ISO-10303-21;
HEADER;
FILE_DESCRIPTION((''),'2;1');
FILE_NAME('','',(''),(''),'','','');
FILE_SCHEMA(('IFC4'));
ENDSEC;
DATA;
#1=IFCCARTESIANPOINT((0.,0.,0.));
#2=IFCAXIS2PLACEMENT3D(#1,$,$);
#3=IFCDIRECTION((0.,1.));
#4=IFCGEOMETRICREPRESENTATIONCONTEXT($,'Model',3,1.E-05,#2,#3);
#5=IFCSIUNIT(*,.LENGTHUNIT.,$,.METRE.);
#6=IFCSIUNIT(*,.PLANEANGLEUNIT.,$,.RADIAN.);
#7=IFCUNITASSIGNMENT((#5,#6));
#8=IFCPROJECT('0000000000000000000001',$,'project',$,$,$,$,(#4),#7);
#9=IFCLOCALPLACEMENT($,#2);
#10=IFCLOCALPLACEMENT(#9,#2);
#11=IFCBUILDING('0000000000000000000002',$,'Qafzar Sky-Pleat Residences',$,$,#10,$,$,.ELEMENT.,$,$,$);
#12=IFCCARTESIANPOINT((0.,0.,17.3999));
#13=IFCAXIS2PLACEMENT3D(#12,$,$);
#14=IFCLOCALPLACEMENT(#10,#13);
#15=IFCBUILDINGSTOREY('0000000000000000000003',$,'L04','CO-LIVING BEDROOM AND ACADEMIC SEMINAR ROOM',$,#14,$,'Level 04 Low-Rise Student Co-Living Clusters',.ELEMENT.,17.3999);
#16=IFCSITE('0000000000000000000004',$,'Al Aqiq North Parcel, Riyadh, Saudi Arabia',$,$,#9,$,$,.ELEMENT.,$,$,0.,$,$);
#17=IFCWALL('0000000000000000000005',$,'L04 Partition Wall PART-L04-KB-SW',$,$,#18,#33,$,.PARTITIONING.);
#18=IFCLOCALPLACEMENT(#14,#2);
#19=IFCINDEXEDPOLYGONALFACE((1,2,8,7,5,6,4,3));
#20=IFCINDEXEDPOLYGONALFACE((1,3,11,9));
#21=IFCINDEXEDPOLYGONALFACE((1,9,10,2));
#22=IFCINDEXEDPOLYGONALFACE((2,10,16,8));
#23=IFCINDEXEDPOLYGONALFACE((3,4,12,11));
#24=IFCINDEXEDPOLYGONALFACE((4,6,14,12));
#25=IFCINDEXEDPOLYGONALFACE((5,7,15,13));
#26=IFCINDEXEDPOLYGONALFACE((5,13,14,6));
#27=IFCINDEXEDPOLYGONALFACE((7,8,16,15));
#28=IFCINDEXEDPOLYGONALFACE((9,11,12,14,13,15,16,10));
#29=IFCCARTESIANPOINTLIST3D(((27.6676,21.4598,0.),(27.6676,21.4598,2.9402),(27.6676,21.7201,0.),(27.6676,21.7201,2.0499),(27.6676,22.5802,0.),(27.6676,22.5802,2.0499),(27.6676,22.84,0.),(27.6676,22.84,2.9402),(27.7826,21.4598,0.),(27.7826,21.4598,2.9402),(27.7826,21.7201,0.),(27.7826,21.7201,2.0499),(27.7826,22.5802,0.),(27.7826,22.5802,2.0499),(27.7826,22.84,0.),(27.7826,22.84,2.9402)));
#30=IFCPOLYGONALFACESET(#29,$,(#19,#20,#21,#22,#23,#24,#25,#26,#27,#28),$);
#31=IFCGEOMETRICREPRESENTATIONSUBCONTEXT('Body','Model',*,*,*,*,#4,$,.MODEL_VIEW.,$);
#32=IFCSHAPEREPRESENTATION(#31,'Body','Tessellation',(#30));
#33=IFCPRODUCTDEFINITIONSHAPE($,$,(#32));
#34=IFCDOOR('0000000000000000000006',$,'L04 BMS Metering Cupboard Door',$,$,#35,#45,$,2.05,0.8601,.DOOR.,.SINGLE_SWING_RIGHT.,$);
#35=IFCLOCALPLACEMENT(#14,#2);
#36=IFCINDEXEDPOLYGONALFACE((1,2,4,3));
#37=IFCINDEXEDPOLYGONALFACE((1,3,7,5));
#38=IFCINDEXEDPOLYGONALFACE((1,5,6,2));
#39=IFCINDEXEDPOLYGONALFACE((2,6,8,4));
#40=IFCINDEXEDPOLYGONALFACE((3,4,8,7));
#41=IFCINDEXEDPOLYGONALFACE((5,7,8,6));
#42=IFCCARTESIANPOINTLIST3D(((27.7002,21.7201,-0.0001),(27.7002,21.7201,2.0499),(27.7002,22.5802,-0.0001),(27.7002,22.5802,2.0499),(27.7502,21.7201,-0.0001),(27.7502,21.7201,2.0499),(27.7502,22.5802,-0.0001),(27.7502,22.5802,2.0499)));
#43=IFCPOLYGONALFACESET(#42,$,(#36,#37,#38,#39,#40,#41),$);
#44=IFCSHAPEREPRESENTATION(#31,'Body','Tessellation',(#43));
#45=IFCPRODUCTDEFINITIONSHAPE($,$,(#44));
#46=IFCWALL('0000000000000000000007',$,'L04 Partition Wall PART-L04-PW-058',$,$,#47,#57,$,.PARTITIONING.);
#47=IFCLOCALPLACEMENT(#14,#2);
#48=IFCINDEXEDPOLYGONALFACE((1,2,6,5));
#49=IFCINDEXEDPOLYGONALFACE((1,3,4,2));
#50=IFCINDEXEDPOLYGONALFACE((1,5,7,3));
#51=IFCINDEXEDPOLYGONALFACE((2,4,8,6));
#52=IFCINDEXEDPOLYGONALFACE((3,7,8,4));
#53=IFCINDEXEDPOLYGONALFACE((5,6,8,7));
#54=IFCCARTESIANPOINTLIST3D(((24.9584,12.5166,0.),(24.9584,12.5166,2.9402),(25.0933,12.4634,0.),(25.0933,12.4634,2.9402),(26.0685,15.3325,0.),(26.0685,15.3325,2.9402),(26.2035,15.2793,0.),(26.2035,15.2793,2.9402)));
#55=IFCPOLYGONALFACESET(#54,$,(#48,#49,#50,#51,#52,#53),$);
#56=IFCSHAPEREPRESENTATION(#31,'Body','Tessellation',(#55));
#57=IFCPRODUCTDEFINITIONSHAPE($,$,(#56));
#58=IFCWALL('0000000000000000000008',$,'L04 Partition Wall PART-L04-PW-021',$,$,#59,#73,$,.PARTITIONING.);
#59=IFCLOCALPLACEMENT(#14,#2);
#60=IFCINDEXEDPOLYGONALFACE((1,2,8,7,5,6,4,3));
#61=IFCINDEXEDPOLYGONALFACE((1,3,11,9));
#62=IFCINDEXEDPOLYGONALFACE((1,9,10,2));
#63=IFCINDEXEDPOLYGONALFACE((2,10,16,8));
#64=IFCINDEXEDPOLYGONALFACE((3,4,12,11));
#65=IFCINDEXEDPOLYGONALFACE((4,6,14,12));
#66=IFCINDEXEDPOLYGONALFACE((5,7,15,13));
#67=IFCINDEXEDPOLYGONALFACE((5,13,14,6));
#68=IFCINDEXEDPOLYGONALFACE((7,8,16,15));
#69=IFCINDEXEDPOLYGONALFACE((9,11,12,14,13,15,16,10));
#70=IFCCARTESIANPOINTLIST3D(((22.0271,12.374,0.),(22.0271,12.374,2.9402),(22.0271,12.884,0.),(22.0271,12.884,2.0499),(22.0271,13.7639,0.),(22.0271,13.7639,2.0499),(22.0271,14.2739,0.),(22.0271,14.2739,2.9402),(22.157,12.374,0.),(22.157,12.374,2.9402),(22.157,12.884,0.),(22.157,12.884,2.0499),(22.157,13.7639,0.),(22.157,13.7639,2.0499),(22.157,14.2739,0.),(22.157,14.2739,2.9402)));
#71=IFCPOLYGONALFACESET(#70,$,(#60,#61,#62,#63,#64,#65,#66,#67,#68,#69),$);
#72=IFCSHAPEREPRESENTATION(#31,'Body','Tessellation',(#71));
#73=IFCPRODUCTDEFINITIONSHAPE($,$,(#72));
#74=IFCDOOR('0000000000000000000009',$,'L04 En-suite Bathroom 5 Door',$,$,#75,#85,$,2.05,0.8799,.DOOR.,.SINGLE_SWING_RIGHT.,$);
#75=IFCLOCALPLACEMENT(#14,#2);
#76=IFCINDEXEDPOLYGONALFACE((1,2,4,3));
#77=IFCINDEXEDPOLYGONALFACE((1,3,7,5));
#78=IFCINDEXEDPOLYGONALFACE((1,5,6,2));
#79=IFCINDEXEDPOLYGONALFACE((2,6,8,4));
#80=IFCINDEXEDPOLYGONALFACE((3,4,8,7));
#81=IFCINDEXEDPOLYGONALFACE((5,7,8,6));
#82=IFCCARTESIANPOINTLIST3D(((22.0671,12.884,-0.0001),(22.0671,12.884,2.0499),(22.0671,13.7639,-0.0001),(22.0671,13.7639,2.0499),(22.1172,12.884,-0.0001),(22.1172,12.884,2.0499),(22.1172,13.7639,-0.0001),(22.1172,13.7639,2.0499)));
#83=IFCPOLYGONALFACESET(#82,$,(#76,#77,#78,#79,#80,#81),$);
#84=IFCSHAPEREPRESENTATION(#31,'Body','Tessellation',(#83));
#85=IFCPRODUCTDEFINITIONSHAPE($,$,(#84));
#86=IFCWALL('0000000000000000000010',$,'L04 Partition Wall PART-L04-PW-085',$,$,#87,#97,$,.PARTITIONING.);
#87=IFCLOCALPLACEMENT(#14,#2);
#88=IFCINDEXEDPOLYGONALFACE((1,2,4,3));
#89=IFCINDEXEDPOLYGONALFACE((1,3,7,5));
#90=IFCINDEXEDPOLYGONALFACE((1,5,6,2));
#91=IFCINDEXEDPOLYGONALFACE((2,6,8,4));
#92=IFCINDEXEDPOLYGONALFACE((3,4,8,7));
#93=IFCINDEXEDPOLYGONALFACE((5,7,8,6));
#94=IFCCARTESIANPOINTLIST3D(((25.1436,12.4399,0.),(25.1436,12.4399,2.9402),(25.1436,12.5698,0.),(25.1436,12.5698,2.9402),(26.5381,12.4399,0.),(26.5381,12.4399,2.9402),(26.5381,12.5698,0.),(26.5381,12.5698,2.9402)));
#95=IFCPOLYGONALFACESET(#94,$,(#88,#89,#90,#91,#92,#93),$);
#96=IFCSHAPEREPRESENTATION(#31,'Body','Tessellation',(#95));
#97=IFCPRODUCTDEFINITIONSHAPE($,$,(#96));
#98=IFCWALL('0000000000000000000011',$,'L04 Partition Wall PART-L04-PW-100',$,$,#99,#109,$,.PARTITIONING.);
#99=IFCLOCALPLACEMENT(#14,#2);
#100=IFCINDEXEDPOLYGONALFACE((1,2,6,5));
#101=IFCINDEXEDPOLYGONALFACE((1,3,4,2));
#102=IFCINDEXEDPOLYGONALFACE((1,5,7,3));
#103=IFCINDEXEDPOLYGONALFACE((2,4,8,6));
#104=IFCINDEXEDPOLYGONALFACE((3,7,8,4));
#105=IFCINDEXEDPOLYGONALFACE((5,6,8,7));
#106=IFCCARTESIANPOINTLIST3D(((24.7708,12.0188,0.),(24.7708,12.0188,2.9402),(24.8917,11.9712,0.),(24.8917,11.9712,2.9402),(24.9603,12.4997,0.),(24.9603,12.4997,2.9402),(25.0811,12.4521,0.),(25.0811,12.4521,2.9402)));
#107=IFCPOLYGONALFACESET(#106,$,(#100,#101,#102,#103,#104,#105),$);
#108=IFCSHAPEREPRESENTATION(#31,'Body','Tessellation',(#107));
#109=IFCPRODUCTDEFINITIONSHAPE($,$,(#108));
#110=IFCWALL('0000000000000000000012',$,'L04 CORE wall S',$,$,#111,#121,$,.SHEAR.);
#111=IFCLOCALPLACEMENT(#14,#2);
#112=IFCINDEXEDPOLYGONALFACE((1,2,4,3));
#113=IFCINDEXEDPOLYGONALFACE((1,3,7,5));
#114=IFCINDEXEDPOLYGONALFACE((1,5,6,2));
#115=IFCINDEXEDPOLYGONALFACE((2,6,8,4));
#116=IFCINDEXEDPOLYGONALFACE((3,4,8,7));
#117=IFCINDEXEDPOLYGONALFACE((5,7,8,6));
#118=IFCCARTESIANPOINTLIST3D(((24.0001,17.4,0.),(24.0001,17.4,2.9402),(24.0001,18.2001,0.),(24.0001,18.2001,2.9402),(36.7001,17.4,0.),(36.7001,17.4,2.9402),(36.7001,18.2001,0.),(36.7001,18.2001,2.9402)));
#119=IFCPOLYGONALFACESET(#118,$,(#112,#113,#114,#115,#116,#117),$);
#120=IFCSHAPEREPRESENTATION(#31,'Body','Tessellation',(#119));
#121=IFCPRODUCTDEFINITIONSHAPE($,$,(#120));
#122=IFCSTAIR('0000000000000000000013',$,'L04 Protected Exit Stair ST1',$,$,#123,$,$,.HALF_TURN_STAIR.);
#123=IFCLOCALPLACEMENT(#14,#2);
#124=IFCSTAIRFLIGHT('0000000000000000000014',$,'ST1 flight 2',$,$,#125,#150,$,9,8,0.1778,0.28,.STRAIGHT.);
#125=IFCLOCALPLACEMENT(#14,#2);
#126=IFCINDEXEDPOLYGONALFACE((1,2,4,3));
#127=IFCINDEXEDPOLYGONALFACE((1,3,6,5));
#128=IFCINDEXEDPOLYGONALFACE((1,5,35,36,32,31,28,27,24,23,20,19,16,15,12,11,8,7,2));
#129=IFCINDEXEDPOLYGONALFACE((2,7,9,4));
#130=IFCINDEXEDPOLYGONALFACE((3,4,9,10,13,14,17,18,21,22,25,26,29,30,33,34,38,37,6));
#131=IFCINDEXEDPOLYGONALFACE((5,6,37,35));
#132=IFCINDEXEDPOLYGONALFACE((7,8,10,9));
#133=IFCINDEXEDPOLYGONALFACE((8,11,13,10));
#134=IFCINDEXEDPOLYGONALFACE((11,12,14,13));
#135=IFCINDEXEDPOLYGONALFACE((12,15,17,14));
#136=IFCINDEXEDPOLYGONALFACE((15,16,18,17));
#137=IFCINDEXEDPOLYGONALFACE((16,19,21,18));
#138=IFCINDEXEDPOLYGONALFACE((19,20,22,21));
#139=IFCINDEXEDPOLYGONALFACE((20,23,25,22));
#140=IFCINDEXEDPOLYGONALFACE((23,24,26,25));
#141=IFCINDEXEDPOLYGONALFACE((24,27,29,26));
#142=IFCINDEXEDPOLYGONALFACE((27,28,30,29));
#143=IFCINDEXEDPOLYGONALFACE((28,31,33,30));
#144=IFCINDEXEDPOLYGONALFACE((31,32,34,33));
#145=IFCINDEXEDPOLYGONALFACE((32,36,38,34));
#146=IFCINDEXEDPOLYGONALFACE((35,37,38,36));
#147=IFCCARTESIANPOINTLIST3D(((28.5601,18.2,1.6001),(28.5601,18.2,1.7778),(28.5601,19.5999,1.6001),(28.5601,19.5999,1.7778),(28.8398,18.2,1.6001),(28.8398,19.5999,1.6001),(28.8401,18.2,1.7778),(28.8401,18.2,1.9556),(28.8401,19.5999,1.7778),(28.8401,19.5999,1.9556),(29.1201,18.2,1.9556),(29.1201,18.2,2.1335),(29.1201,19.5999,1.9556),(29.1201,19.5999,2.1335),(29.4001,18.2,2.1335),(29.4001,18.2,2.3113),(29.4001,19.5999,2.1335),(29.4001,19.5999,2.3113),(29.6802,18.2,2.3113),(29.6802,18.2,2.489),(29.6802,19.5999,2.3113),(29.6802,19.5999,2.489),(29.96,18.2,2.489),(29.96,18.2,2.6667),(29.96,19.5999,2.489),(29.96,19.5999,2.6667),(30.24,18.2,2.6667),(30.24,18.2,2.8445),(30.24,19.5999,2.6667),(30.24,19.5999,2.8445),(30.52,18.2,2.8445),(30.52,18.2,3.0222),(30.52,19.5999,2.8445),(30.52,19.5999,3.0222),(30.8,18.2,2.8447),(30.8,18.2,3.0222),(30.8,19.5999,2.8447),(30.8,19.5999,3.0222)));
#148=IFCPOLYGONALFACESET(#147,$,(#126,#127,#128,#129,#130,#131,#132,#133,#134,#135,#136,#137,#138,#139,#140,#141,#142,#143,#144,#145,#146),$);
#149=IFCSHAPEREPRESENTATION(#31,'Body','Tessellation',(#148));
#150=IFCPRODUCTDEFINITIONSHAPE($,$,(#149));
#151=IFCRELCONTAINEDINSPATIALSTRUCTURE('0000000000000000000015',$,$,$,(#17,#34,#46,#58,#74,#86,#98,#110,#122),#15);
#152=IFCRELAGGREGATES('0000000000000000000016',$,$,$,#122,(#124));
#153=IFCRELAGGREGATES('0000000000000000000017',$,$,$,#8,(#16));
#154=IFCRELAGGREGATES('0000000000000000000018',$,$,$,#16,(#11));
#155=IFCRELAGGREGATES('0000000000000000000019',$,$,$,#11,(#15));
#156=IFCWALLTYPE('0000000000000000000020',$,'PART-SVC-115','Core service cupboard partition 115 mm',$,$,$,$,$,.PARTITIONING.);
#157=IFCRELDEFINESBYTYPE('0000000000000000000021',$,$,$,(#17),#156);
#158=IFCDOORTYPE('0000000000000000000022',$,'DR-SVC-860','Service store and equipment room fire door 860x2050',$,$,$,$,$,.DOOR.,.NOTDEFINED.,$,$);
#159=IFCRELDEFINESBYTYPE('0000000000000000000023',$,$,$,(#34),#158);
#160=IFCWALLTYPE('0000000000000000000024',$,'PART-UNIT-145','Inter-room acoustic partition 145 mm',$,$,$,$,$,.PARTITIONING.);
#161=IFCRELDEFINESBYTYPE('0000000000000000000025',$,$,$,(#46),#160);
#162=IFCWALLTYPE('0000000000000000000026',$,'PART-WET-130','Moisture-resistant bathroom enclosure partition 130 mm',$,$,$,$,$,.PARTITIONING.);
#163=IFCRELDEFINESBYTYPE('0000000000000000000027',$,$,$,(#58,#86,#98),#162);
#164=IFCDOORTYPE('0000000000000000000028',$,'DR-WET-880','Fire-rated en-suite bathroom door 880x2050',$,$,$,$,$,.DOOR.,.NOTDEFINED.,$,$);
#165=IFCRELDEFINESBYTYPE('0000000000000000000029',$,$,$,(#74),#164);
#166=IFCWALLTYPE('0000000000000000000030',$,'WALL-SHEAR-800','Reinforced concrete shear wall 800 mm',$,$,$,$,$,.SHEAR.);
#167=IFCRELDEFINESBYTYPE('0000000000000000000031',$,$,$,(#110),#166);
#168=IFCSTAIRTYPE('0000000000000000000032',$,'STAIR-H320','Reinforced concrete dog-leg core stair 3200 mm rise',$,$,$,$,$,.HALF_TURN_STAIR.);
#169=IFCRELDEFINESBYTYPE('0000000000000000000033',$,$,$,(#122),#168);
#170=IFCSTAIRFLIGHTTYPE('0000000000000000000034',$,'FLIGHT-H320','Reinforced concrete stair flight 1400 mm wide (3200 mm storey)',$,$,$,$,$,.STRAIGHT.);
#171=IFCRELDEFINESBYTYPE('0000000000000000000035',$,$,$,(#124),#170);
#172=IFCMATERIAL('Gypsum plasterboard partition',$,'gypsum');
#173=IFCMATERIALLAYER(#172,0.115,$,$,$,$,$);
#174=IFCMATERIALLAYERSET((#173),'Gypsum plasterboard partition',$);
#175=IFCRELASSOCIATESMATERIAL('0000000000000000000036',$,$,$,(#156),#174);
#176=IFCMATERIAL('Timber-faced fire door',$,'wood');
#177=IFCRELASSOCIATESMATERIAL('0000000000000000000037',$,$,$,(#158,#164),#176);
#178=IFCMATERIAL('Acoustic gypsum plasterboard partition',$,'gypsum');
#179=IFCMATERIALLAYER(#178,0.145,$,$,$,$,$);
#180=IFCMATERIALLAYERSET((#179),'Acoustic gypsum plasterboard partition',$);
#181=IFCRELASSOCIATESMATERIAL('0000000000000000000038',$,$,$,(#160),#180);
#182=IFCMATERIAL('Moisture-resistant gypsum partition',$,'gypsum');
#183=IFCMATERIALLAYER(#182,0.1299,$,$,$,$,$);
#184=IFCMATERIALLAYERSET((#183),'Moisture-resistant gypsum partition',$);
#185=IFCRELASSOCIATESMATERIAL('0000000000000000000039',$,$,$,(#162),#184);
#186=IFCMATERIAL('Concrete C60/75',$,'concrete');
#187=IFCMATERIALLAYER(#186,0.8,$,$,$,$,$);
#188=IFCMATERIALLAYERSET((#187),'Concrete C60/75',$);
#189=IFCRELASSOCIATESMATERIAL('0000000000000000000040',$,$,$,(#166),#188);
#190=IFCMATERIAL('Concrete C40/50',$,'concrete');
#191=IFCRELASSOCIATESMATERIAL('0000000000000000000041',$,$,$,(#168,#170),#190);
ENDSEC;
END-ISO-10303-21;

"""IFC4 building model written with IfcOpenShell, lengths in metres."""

from ifc_helpers import new_model, si_unit, direction, frame, frame_2d, origin, place, context, subcontext, project, spatial, polyline, rectangle, outline, extrude, source, transform, mapped, material, layer, layer_set, type_object, element, fill, aggregate, save


model = new_model("IFC4")

# Units and contexts
model_context = context("Model", 3, precision=1e-05, world=origin(), true_north=direction((0.0, 1.0)))
body_context = subcontext(model_context, "Body", "Model", "MODEL_VIEW")
ifc_project = project(units=[si_unit("LENGTHUNIT", "METRE"), si_unit("PLANEANGLEUNIT", "RADIAN")], contexts=[model_context])

# Site, building, storey
site_placement = place(None, origin())
site = spatial("IfcSite", under=ifc_project, at=site_placement, Name="Al Aqiq North Parcel, Riyadh, Saudi Arabia", CompositionType="ELEMENT", RefElevation=0.0)
building_placement = place(site_placement, origin())
building = spatial("IfcBuilding", under=site, at=building_placement, Name="Qafzar Sky-Pleat Residences", CompositionType="ELEMENT")
storey_placement = place(building_placement, frame((0.0, 0.0, 17.3999)))
storey = spatial("IfcBuildingStorey", under=building, at=storey_placement, Name="L04", Description="CO-LIVING BEDROOM AND ACADEMIC SEMINAR ROOM", LongName="Level 04 Low-Rise Student Co-Living Clusters", CompositionType="ELEMENT", Elevation=17.3999)

# Shared definitions
ifc_material_1 = material(Name="Acoustic gypsum plasterboard partition", Category="gypsum")
ifc_material_2 = material(Name="Timber-faced fire door", Category="wood")

# Wall, opening, door
ifc_material_3 = material(Name="Gypsum plasterboard partition", Category="gypsum")
ifc_layer_1 = layer(ifc_material_3, 0.115)
ifc_layer_set_1 = layer_set([ifc_layer_1], Name="Gypsum plasterboard partition")
wall_type_1 = type_object("IfcWallType", Name="PART-SVC-115", Description="Core service cupboard partition 115 mm", PredefinedType="PARTITIONING", material=ifc_layer_set_1)
wall_1_placement = place(storey_placement, frame((27.7251, 21.46, 0.0), z_axis=(0.0, 0.0, 1.0), x_axis=(0.0, 1.0, 0.0)))
wall_1 = element("IfcWall", 1, at=wall_1_placement, inside=storey, type_object=wall_type_1, Name="L04 Partition Wall PART-L04-KB-SW", PredefinedType="PARTITIONING", context=body_context, shape_type="SweptSolid", body=[
    extrude(rectangle(XDim=1.3801, YDim=0.115, at=frame_2d((0.6899, 0.0))), origin(), (0.0, 0.0, 1.0), 2.9402),
])
opening_1_placement = place(wall_1_placement, frame((0.26, 0.0, 0.0)))
opening_1 = element("IfcOpeningElement", 2, at=opening_1_placement, cuts=wall_1, PredefinedType="OPENING", context=body_context, shape_type="SweptSolid", body=[
    extrude(rectangle(XDim=0.8601, YDim=2.05, at=frame_2d((0.4302, 1.0249))), frame((0.0, 0.0674, 0.0), z_axis=(0.0, -1.0, 0.0), x_axis=(1.0, 0.0, 0.0)), (0.0, 0.0, 1.0), 0.135),
])
door_type_1 = type_object("IfcDoorType", Name="DR-SVC-860", Description="Service store and equipment room fire door 860x2050", OperationType="NOTDEFINED", PredefinedType="DOOR", material=ifc_material_2)
shared_shape_1 = source(origin(), body_context, "Body", "SweptSolid", [
    extrude(rectangle(XDim=0.8601, YDim=2.05, at=frame_2d((0.4302, 1.0249))), frame((0.0, 0.0249, 0.0), z_axis=(0.0, -1.0, 0.0), x_axis=(1.0, 0.0, 0.0)), (0.0, 0.0, 1.0), 0.05),
])
door_1_placement = place(opening_1_placement, origin())
door_1 = element("IfcDoor", 3, at=door_1_placement, inside=storey, type_object=door_type_1, Name="L04 BMS Metering Cupboard Door", OperationType="SINGLE_SWING_RIGHT", OverallHeight=2.05, OverallWidth=0.8601, PredefinedType="DOOR", context=body_context, shape_type="MappedRepresentation", body=[
    mapped(shared_shape_1, transform((0.0, 0.0, 0.0), x_axis=(1.0, 0.0, 0.0), y_axis=(0.0, 1.0, 0.0), z_axis=(0.0, 0.0, 1.0), scale=1.0)),
])
fill(opening_1, door_1)

# Wall
ifc_layer_2 = layer(ifc_material_1, 0.145)
ifc_layer_set_2 = layer_set([ifc_layer_2], Name="Acoustic gypsum plasterboard partition")
wall_type_2 = type_object("IfcWallType", Name="PART-UNIT-145", Description="Inter-room acoustic partition 145 mm", PredefinedType="PARTITIONING", material=ifc_layer_set_2)
wall_2_placement = place(storey_placement, frame((25.0259, 12.49, 0.0), z_axis=(0.0, 0.0, 1.0), x_axis=(0.366755, 0.930318, 0.0)))
element("IfcWall", 4, at=wall_2_placement, inside=storey, type_object=wall_type_2, Name="L04 Partition Wall PART-L04-PW-058", PredefinedType="PARTITIONING", context=body_context, shape_type="SweptSolid", body=[
    extrude(rectangle(XDim=3.0269, YDim=0.145, at=frame_2d((1.5134, 0.0))), origin(), (0.0, 0.0, 1.0), 2.9402),
])

# Wall, opening, door
ifc_material_4 = material(Name="Moisture-resistant gypsum partition", Category="gypsum")
ifc_layer_3 = layer(ifc_material_4, 0.1299)
ifc_layer_set_3 = layer_set([ifc_layer_3], Name="Moisture-resistant gypsum partition")
wall_type_3 = type_object("IfcWallType", Name="PART-WET-130", Description="Moisture-resistant bathroom enclosure partition 130 mm", PredefinedType="PARTITIONING", material=ifc_layer_set_3)
wall_3_placement = place(storey_placement, frame((22.092, 12.374, 0.0), z_axis=(0.0, 0.0, 1.0), x_axis=(0.0, 1.0, 0.0)))
wall_3 = element("IfcWall", 5, at=wall_3_placement, inside=storey, type_object=wall_type_3, Name="L04 Partition Wall PART-L04-PW-021", PredefinedType="PARTITIONING", context=body_context, shape_type="SweptSolid", body=[
    extrude(rectangle(XDim=1.8999, YDim=0.1299, at=frame_2d((0.95, 0.0))), origin(), (0.0, 0.0, 1.0), 2.9402),
])
opening_2_placement = place(wall_3_placement, frame((0.51, 0.0, 0.0)))
opening_2 = element("IfcOpeningElement", 6, at=opening_2_placement, cuts=wall_3, PredefinedType="OPENING", context=body_context, shape_type="SweptSolid", body=[
    extrude(rectangle(XDim=0.8799, YDim=2.05, at=frame_2d((0.4399, 1.0249))), frame((0.0, 0.075, 0.0), z_axis=(0.0, -1.0, 0.0), x_axis=(1.0, 0.0, 0.0)), (0.0, 0.0, 1.0), 0.1499),
])
door_type_2 = type_object("IfcDoorType", Name="DR-WET-880", Description="Fire-rated en-suite bathroom door 880x2050", OperationType="NOTDEFINED", PredefinedType="DOOR", material=ifc_material_2)
shared_shape_2 = source(origin(), body_context, "Body", "SweptSolid", [
    extrude(rectangle(XDim=0.8799, YDim=2.05, at=frame_2d((0.4399, 1.0249))), frame((0.0, 0.0249, 0.0), z_axis=(0.0, -1.0, 0.0), x_axis=(1.0, 0.0, 0.0)), (0.0, 0.0, 1.0), 0.05),
])
door_2_placement = place(opening_2_placement, origin())
door_2 = element("IfcDoor", 7, at=door_2_placement, inside=storey, type_object=door_type_2, Name="L04 En-suite Bathroom 5 Door", OperationType="SINGLE_SWING_RIGHT", OverallHeight=2.05, OverallWidth=0.8799, PredefinedType="DOOR", context=body_context, shape_type="MappedRepresentation", body=[
    mapped(shared_shape_2, transform((0.0, 0.0, 0.0), x_axis=(1.0, 0.0, 0.0), y_axis=(0.0, 1.0, 0.0), z_axis=(0.0, 0.0, 1.0), scale=1.0)),
])
fill(opening_2, door_2)

# Walls
wall_4_placement = place(storey_placement, frame((25.1436, 12.5049, 0.0), z_axis=(0.0, 0.0, 1.0), x_axis=(1.0, 0.0, 0.0)))
element("IfcWall", 8, at=wall_4_placement, inside=storey, type_object=wall_type_3, Name="L04 Partition Wall PART-L04-PW-085", PredefinedType="PARTITIONING", context=body_context, shape_type="SweptSolid", body=[
    extrude(rectangle(XDim=1.3945, YDim=0.1299, at=frame_2d((0.6973, 0.0))), origin(), (0.0, 0.0, 1.0), 2.9402),
])
wall_5_placement = place(storey_placement, frame((24.8313, 11.9951, 0.0), z_axis=(0.0, 0.0, 1.0), x_axis=(0.3665, 0.930418, 0.0)))
element("IfcWall", 9, at=wall_5_placement, inside=storey, type_object=wall_type_3, Name="L04 Partition Wall PART-L04-PW-100", PredefinedType="PARTITIONING", context=body_context, shape_type="SweptSolid", body=[
    extrude(rectangle(XDim=0.5168, YDim=0.1299, at=frame_2d((0.2583, 0.0))), origin(), (0.0, 0.0, 1.0), 2.9402),
])

# Shared definitions
ifc_material_5 = material(Name="Concrete C60/75", Category="concrete")

# Wall
ifc_layer_4 = layer(ifc_material_5, 0.8)
ifc_layer_set_4 = layer_set([ifc_layer_4], Name="Concrete C60/75")
wall_type_4 = type_object("IfcWallType", Name="WALL-SHEAR-800", Description="Reinforced concrete shear wall 800 mm", PredefinedType="SHEAR", material=ifc_layer_set_4)
wall_6_placement = place(storey_placement, frame((24.0, 17.8, 0.0), z_axis=(0.0, 0.0, 1.0), x_axis=(1.0, 0.0, 0.0)))
element("IfcWall", 10, at=wall_6_placement, inside=storey, type_object=wall_type_4, Name="L04 CORE wall S", PredefinedType="SHEAR", context=body_context, shape_type="SweptSolid", body=[
    extrude(rectangle(XDim=12.7, YDim=0.8, at=frame_2d((6.3501, 0.0))), origin(), (0.0, 0.0, 1.0), 2.9402),
])

# Stair, stair flight
ifc_material_6 = material(Name="Concrete C40/50", Category="concrete")
stair_type = type_object("IfcStairType", Name="STAIR-H320", Description="Reinforced concrete dog-leg core stair 3200 mm rise", PredefinedType="HALF_TURN_STAIR", material=ifc_material_6)
stair_placement = place(storey_placement, origin())
stair = element("IfcStair", 11, at=stair_placement, inside=storey, type_object=stair_type, Name="L04 Protected Exit Stair ST1", PredefinedType="HALF_TURN_STAIR")
stair_flight_type = type_object("IfcStairFlightType", Name="FLIGHT-H320", Description="Reinforced concrete stair flight 1400 mm wide (3200 mm storey)", PredefinedType="STRAIGHT", material=ifc_material_6)
shared_shape_3 = source(origin(), body_context, "Body", "SweptSolid", [
    extrude(outline(polyline([(0.0, 0.0), (0.0, 0.1777), (0.28, 0.1777), (0.28, 0.3555), (0.5601, 0.3555), (0.5601, 0.5334), (0.8401, 0.5334), (0.8401, 0.7112), (1.1201, 0.7112), (1.1201, 0.8889), (1.3999, 0.8889), (1.3999, 1.0667), (1.6799, 1.0667), (1.6799, 1.2444), (1.96, 1.2444), (1.96, 1.4221), (2.24, 1.4221), (2.24, 1.6001), (2.24, 1.2446), (0.2798, 0.0), (0.0, 0.0)])), frame((0.0, 0.7, 0.0), z_axis=(0.0, -1.0, 0.0), x_axis=(1.0, 0.0, 0.0)), (0.0, 0.0, 1.0), 1.3999),
])
stair_flight_placement = place(storey_placement, frame((28.5601, 18.8999, 1.6001), z_axis=(0.0, 0.0, 1.0), x_axis=(1.0, 0.0, 0.0)))
stair_flight = element("IfcStairFlight", 12, at=stair_flight_placement, type_object=stair_flight_type, Name="ST1 flight 2", NumberOfRisers=9, NumberOfTreads=8, PredefinedType="STRAIGHT", RiserHeight=0.1778, TreadLength=0.28, context=body_context, shape_type="MappedRepresentation", body=[
    mapped(shared_shape_3, transform((0.0, 0.0, 0.0), x_axis=(1.0, 0.0, 0.0), y_axis=(0.0, 1.0, 0.0), z_axis=(0.0, 0.0, 1.0), scale=1.0)),
])
aggregate(stair, [stair_flight])

save(model, "model.ifc")
